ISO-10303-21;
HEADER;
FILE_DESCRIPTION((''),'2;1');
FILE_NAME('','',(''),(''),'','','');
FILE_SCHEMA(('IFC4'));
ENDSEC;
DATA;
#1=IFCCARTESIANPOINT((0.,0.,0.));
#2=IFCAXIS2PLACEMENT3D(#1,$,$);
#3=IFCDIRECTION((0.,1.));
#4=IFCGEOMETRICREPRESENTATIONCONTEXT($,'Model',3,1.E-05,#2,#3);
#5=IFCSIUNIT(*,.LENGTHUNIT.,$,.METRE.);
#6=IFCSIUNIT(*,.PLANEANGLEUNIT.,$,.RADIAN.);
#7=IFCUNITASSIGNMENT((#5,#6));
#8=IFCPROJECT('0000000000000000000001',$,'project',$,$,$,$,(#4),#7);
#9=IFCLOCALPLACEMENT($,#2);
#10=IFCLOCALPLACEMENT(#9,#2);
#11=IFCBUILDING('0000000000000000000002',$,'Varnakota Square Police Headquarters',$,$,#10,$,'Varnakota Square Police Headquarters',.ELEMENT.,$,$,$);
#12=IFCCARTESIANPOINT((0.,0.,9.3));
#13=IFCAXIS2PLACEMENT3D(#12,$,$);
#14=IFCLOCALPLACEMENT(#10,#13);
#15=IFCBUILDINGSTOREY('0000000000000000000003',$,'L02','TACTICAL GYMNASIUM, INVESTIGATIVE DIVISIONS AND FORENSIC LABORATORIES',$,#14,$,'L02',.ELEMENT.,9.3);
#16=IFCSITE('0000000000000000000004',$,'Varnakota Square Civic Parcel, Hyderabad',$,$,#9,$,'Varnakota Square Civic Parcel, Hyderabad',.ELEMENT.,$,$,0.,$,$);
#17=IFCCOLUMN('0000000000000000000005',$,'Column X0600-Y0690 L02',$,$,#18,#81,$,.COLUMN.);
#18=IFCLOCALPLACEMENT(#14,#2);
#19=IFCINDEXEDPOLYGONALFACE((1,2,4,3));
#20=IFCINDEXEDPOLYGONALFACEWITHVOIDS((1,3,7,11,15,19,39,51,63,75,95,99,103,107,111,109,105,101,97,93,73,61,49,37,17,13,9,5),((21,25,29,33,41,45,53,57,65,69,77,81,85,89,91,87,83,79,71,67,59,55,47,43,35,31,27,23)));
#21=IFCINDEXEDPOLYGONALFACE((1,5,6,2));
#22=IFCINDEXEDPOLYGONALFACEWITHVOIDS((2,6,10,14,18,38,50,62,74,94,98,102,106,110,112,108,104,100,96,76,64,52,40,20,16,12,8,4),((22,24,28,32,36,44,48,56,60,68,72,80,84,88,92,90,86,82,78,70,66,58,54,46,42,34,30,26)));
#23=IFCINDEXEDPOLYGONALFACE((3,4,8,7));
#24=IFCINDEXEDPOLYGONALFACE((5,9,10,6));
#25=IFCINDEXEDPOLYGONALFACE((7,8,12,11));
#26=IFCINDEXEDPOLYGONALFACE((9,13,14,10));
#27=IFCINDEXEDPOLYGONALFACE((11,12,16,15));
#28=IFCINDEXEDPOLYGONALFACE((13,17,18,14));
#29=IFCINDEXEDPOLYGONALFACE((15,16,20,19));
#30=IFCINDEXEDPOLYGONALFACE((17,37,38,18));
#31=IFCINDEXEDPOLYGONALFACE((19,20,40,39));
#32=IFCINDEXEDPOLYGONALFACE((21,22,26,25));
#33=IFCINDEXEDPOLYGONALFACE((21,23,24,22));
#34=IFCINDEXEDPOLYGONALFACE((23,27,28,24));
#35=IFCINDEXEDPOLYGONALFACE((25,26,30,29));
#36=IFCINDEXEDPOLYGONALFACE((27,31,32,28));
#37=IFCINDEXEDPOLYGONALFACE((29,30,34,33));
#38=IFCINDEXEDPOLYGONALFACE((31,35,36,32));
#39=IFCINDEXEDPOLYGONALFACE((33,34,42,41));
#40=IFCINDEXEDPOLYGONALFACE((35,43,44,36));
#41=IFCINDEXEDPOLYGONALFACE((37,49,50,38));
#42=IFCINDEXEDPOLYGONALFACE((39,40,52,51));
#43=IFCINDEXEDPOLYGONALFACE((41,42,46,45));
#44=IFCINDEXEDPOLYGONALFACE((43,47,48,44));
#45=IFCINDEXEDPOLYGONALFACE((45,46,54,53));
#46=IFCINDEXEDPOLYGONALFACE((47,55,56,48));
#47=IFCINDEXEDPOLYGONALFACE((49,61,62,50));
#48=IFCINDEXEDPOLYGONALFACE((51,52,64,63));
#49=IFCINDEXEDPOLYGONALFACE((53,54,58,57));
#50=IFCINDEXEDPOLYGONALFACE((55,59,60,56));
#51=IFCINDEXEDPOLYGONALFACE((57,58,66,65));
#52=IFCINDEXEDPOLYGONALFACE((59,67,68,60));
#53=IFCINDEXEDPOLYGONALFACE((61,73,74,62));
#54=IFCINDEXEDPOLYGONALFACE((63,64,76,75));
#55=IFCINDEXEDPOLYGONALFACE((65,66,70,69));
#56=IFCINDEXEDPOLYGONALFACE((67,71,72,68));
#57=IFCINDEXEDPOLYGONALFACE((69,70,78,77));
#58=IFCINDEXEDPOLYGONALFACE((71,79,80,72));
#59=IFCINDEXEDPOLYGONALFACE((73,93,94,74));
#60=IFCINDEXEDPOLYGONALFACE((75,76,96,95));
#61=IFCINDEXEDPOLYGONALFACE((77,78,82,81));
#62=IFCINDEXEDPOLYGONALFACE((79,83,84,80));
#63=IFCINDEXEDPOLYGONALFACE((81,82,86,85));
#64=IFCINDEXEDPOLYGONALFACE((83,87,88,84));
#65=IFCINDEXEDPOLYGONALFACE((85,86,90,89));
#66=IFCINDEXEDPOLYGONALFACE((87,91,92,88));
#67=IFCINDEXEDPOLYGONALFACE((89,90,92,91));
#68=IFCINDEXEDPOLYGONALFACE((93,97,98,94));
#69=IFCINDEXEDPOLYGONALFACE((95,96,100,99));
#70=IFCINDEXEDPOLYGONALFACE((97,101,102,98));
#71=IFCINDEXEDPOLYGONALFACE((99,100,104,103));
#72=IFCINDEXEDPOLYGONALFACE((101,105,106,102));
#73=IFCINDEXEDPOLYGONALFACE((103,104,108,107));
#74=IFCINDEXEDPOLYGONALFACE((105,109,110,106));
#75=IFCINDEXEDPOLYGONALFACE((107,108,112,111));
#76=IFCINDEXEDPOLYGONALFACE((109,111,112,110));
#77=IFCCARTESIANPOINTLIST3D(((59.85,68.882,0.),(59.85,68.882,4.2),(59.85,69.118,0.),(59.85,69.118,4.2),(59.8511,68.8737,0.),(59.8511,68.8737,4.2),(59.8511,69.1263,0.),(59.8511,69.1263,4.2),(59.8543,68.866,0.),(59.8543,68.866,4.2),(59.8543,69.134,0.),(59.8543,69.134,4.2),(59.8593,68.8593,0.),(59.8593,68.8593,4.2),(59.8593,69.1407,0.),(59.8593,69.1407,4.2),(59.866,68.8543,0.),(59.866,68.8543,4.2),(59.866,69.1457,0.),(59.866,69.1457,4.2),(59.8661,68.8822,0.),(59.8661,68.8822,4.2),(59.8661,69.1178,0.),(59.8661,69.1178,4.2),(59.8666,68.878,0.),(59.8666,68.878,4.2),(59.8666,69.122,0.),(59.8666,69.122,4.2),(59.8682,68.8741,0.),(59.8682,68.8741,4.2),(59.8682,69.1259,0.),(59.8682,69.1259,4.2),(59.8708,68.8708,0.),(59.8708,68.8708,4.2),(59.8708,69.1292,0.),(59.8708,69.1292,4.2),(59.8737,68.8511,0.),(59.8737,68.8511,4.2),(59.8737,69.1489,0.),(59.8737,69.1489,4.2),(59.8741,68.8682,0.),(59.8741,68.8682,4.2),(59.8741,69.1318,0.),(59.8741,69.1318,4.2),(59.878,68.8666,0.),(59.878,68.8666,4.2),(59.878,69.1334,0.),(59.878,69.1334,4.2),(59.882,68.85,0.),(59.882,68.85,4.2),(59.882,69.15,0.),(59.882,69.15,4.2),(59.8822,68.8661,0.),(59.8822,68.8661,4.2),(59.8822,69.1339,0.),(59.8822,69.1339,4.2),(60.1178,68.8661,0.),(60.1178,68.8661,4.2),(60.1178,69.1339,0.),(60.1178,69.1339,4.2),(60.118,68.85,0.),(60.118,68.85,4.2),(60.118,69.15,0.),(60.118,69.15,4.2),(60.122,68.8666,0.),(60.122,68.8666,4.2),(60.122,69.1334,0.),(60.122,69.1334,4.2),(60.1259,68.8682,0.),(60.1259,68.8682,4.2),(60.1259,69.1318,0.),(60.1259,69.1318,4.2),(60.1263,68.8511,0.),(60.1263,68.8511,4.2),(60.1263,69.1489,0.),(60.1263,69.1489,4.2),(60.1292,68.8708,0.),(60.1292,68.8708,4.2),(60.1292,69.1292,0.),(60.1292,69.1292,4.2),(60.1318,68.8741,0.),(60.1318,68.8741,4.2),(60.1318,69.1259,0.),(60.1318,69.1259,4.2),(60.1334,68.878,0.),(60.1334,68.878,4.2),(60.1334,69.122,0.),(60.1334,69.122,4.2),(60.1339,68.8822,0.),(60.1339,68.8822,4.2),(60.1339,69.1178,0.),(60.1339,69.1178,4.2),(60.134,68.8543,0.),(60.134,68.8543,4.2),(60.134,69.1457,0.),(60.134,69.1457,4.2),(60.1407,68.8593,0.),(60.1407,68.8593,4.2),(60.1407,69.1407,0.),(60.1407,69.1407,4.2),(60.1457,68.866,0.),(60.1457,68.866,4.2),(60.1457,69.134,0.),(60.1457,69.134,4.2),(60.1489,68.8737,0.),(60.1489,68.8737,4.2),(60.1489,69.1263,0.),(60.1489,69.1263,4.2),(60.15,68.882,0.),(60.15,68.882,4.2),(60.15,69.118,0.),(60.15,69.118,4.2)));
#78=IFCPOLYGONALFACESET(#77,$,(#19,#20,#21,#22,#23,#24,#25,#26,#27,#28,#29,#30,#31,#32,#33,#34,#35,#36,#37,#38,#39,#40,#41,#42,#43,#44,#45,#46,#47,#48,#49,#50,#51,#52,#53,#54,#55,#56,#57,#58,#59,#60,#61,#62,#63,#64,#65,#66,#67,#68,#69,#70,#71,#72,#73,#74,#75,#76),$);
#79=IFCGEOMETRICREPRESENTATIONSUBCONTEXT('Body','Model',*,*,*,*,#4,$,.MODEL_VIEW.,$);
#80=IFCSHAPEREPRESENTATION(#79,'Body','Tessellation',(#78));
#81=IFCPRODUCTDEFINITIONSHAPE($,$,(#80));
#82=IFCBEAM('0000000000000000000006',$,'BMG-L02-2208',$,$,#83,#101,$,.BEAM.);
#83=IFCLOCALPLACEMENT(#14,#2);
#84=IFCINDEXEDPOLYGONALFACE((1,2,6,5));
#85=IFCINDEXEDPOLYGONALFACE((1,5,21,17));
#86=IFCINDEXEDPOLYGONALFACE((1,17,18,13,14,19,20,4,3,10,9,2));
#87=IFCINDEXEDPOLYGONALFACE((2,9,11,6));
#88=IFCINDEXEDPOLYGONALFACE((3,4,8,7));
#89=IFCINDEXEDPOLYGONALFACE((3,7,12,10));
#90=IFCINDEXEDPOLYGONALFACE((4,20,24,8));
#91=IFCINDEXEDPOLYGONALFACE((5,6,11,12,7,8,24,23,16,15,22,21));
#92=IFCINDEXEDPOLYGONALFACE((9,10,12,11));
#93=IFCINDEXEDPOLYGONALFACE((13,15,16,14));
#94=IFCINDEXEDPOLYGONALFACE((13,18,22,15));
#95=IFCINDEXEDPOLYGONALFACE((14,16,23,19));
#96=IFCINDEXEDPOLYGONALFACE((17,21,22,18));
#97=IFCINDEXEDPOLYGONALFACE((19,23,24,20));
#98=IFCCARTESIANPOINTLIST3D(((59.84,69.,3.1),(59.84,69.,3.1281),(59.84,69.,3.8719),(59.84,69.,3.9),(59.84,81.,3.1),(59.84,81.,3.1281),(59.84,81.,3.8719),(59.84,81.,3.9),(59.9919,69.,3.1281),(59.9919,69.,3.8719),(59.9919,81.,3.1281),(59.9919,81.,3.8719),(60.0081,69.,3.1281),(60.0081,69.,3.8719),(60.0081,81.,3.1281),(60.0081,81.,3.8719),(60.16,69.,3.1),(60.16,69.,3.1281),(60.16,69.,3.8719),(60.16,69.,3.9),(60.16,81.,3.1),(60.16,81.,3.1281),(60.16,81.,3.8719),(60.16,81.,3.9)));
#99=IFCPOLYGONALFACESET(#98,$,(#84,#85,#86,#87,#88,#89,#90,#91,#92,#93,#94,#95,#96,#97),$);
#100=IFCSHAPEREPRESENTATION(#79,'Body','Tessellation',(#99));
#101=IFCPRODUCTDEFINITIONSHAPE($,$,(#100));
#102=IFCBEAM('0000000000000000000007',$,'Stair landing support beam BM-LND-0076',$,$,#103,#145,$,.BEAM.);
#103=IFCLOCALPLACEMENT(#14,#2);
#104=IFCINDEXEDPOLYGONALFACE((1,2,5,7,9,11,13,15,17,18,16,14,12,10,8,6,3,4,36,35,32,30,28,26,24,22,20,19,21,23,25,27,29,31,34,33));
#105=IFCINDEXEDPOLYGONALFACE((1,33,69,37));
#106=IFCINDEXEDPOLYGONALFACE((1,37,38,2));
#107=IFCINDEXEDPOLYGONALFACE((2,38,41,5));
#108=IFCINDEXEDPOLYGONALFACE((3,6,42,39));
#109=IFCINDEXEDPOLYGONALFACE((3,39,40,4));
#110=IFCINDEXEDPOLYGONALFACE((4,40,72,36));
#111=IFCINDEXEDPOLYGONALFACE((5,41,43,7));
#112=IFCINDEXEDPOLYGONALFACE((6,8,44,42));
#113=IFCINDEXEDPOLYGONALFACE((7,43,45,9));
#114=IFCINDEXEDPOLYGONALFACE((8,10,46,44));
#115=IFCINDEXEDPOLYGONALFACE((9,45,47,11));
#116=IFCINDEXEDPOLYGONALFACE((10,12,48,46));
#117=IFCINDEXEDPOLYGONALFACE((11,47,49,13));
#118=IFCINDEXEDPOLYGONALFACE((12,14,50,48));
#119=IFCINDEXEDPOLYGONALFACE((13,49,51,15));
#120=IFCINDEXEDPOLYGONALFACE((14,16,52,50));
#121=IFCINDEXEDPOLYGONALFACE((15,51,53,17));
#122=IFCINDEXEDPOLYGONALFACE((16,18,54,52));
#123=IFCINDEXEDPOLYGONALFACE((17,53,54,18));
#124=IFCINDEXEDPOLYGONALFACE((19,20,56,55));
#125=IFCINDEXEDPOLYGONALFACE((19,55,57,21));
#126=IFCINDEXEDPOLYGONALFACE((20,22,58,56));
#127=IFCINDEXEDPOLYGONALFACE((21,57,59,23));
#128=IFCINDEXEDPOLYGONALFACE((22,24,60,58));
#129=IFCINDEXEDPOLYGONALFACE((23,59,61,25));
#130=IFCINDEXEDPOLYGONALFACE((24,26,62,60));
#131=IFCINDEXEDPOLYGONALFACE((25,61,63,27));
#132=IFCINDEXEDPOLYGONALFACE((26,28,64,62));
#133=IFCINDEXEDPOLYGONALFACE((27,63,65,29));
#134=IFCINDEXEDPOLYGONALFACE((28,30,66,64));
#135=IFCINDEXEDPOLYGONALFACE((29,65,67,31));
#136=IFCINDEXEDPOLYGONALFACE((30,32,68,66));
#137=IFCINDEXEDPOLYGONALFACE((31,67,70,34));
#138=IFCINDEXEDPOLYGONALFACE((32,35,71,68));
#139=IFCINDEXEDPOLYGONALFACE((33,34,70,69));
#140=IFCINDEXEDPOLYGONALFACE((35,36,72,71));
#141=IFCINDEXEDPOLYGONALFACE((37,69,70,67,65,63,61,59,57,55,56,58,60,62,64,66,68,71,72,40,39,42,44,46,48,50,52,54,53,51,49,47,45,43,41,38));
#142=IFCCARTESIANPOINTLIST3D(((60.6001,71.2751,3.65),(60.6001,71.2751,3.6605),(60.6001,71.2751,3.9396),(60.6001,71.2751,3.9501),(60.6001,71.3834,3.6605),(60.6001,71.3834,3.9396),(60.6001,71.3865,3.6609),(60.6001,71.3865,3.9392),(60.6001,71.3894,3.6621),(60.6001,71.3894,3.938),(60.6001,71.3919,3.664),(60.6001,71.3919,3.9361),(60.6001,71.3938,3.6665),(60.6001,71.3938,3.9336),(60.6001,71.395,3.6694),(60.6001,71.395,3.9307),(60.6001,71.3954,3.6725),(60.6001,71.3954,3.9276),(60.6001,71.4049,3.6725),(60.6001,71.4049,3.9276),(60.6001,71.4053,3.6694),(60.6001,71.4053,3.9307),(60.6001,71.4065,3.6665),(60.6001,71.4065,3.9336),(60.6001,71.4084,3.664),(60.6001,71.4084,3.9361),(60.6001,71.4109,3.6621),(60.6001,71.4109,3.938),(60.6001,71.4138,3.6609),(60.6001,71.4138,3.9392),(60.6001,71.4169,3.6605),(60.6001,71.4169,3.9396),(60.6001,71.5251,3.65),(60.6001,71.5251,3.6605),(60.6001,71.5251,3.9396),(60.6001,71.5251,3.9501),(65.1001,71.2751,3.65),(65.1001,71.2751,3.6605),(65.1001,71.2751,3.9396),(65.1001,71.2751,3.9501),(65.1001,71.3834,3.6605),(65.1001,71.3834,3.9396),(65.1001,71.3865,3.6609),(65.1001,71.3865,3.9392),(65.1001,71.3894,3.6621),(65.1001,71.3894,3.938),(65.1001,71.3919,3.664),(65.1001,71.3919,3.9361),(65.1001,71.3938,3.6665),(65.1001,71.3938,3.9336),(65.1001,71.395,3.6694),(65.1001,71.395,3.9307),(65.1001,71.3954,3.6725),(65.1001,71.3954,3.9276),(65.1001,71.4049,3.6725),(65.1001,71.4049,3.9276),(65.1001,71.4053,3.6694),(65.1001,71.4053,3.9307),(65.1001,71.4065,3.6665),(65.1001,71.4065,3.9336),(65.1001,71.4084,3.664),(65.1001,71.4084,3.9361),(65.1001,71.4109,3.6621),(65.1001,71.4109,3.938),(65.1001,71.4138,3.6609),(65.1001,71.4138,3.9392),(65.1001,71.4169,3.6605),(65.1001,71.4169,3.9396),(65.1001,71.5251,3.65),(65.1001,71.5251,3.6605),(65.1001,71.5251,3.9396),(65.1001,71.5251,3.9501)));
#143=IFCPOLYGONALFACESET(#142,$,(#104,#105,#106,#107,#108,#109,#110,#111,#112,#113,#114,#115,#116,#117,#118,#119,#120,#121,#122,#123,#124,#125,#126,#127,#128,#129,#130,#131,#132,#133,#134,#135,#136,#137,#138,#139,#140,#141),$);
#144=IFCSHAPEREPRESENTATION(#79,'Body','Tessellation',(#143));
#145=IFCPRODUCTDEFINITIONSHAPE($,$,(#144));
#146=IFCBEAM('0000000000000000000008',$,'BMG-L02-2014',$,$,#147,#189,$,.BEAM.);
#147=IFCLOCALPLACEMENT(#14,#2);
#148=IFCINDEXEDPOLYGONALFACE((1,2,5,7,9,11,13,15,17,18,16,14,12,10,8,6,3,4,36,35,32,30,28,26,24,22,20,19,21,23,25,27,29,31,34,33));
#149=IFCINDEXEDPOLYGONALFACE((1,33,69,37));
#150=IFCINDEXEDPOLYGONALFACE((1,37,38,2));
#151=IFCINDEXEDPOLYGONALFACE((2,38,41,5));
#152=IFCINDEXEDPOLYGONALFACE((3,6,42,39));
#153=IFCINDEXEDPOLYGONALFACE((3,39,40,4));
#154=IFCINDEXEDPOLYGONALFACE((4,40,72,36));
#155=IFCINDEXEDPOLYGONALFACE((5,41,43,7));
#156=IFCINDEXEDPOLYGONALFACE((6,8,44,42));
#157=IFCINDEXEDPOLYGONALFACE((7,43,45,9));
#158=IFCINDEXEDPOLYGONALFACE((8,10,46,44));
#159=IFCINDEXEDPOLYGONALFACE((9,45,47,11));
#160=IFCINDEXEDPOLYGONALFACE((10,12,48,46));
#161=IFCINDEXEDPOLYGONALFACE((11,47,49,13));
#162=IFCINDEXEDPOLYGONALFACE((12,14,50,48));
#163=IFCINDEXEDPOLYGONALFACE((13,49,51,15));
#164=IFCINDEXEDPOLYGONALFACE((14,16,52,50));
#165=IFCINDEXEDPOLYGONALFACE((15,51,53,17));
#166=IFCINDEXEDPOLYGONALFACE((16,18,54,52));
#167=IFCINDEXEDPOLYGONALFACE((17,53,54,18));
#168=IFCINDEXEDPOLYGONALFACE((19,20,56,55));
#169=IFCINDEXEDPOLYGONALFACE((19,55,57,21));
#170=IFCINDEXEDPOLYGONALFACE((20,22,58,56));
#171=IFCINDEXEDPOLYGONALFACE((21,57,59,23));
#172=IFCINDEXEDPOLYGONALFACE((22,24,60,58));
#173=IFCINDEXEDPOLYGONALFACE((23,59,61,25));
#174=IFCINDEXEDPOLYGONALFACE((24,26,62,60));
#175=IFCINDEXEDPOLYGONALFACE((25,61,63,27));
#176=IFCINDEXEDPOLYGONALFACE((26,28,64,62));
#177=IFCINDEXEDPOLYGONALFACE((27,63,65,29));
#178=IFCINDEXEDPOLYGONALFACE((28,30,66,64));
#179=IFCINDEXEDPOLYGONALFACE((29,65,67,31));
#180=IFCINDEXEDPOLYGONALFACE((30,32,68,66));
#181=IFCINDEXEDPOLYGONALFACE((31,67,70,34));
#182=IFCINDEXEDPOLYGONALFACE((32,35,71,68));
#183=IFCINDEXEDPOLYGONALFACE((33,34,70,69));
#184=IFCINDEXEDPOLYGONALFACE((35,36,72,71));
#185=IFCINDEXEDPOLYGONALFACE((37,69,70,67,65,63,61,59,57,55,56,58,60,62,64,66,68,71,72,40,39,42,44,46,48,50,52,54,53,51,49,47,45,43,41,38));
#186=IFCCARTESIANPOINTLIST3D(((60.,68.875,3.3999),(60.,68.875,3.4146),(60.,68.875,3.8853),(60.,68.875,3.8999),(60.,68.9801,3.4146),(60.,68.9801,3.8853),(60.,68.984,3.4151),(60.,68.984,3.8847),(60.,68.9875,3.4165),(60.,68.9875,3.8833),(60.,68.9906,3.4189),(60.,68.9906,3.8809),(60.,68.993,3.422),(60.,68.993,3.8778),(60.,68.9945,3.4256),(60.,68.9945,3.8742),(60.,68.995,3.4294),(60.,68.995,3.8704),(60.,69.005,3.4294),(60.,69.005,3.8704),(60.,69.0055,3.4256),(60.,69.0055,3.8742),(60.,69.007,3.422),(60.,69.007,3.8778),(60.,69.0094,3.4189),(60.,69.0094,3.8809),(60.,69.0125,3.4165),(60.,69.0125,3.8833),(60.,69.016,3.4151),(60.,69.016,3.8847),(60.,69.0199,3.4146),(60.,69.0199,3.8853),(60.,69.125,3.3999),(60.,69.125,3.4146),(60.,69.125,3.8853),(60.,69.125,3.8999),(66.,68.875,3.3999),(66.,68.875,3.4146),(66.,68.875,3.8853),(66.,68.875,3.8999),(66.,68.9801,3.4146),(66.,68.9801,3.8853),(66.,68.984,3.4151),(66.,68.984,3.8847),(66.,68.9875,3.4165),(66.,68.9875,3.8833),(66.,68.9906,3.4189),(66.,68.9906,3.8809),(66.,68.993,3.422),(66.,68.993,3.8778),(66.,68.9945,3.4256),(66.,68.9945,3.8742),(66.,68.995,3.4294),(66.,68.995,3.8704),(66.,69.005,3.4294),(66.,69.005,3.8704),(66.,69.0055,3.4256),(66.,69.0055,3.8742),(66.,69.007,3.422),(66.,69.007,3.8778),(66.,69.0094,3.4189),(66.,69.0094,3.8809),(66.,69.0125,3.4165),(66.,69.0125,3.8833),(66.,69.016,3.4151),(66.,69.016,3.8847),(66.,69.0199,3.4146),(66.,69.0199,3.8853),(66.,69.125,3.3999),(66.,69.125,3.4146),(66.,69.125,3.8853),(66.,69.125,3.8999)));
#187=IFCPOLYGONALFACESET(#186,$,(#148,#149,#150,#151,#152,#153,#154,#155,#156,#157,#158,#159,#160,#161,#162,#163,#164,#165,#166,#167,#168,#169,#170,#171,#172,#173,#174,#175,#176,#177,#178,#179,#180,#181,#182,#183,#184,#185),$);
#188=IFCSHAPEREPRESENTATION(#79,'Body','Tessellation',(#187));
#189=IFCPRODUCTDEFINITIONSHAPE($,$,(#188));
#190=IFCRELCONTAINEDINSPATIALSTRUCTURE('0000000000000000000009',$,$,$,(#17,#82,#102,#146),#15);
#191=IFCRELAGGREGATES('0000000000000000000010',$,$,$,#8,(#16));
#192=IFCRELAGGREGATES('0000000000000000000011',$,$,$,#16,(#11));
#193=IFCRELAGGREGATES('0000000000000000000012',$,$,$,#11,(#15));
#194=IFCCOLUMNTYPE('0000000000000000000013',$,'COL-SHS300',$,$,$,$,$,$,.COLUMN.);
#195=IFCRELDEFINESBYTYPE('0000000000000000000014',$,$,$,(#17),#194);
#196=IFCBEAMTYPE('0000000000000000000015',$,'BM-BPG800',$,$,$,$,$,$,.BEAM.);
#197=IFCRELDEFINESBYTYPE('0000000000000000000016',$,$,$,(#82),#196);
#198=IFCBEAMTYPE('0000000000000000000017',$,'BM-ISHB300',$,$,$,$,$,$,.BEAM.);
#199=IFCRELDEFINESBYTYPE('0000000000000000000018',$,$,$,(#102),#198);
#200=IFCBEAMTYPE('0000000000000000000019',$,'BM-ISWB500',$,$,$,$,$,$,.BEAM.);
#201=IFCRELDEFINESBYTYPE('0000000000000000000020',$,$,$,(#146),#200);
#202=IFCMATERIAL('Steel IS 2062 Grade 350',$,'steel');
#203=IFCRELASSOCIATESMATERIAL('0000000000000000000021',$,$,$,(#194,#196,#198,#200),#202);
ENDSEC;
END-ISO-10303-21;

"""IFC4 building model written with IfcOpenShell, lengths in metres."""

from ifc_helpers import new_model, si_unit, direction, frame, origin, origin_2d, place, context, subcontext, project, spatial, hollow_rectangle, i_section, extrude, material, material_profile, profile_set, type_object, element, save


model = new_model("IFC4")

# Units and contexts
model_context = context("Model", 3, precision=1e-05, world=origin(), true_north=direction((0.0, 1.0)))
body_context = subcontext(model_context, "Body", "Model", "MODEL_VIEW")
ifc_project = project(units=[si_unit("LENGTHUNIT", "METRE"), si_unit("PLANEANGLEUNIT", "RADIAN")], contexts=[model_context])

# Site, building, storey
site_placement = place(None, origin())
site = spatial("IfcSite", under=ifc_project, at=site_placement, Name="Varnakota Square Civic Parcel, Hyderabad", LongName="Varnakota Square Civic Parcel, Hyderabad", CompositionType="ELEMENT", RefElevation=0.0)
building_placement = place(site_placement, origin())
building = spatial("IfcBuilding", under=site, at=building_placement, Name="Varnakota Square Police Headquarters", LongName="Varnakota Square Police Headquarters", CompositionType="ELEMENT")
storey_placement = place(building_placement, frame((0.0, 0.0, 9.3)))
storey = spatial("IfcBuildingStorey", under=building, at=storey_placement, Name="L02", Description="TACTICAL GYMNASIUM, INVESTIGATIVE DIVISIONS AND FORENSIC LABORATORIES", LongName="L02", CompositionType="ELEMENT", Elevation=9.3)

# Column
ifc_material_1 = material(Name="Steel IS 2062 Grade 350", Category="steel")
ifc_material_profile_1 = material_profile(ifc_material_1, hollow_rectangle(XDim=0.3, YDim=0.3, WallThickness=0.0161, InnerFilletRadius=0.0161, OuterFilletRadius=0.032, at=origin_2d()), Name="SHS 300x300x16")
ifc_profile_set_1 = profile_set([ifc_material_profile_1], Name="Steel IS 2062 Grade 350")
column_type = type_object("IfcColumnType", Name="COL-SHS300", PredefinedType="COLUMN", material=ifc_profile_set_1)
column_placement = place(storey_placement, frame((60.0, 69.0, 0.0), z_axis=(0.0, 0.0, 1.0), x_axis=(1.0, 0.0, 0.0)))
element("IfcColumn", 1, at=column_placement, inside=storey, type_object=column_type, Name="Column X0600-Y0690 L02", PredefinedType="COLUMN", context=body_context, shape_type="SweptSolid", body=[
    extrude(hollow_rectangle(XDim=0.3, YDim=0.3, WallThickness=0.0161, InnerFilletRadius=0.0161, OuterFilletRadius=0.032, at=origin_2d()), origin(), (0.0, 0.0, 1.0), 4.2),
])

# Beams
ifc_material_profile_2 = material_profile(ifc_material_1, i_section(OverallWidth=0.3201, OverallDepth=0.8, WebThickness=0.0161, FlangeThickness=0.0281, at=origin_2d()), Name="BPG 800x320")
ifc_profile_set_2 = profile_set([ifc_material_profile_2], Name="Steel IS 2062 Grade 350")
beam_type_1 = type_object("IfcBeamType", Name="BM-BPG800", PredefinedType="BEAM", material=ifc_profile_set_2)
beam_1_placement = place(storey_placement, frame((60.0, 69.0, 3.5), z_axis=(0.0, 1.0, 0.0), x_axis=(-1.0, 0.0, 0.0)))
element("IfcBeam", 2, at=beam_1_placement, inside=storey, type_object=beam_type_1, Name="BMG-L02-2208", PredefinedType="BEAM", context=body_context, shape_type="SweptSolid", body=[
    extrude(i_section(OverallWidth=0.3201, OverallDepth=0.8, WebThickness=0.0161, FlangeThickness=0.0281, at=origin_2d()), origin(), (0.0, 0.0, 1.0), 12.0),
])
ifc_material_profile_3 = material_profile(ifc_material_1, i_section(OverallWidth=0.25, OverallDepth=0.3, WebThickness=0.0095, FlangeThickness=0.0105, FilletRadius=0.012, at=origin_2d()), Name="ISHB 300")
ifc_profile_set_3 = profile_set([ifc_material_profile_3], Name="Steel IS 2062 Grade 350")
beam_type_2 = type_object("IfcBeamType", Name="BM-ISHB300", PredefinedType="BEAM", material=ifc_profile_set_3)
beam_2_placement = place(storey_placement, frame((60.6001, 71.4001, 3.8), z_axis=(1.0, 0.0, 0.0), x_axis=(0.0, 1.0, 0.0)))
element("IfcBeam", 3, at=beam_2_placement, inside=storey, type_object=beam_type_2, Name="Stair landing support beam BM-LND-0076", PredefinedType="BEAM", context=body_context, shape_type="SweptSolid", body=[
    extrude(i_section(OverallWidth=0.25, OverallDepth=0.3, WebThickness=0.0095, FlangeThickness=0.0105, FilletRadius=0.012, at=origin_2d()), origin(), (0.0, 0.0, 1.0), 4.5),
])
ifc_material_profile_4 = material_profile(ifc_material_1, i_section(OverallWidth=0.25, OverallDepth=0.5, WebThickness=0.01, FlangeThickness=0.0146, FilletRadius=0.0149, at=origin_2d()), Name="ISWB 500")
ifc_profile_set_4 = profile_set([ifc_material_profile_4], Name="Steel IS 2062 Grade 350")
beam_type_3 = type_object("IfcBeamType", Name="BM-ISWB500", PredefinedType="BEAM", material=ifc_profile_set_4)
beam_3_placement = place(storey_placement, frame((60.0, 69.0, 3.6499), z_axis=(1.0, 0.0, 0.0), x_axis=(0.0, 1.0, 0.0)))
element("IfcBeam", 4, at=beam_3_placement, inside=storey, type_object=beam_type_3, Name="BMG-L02-2014", PredefinedType="BEAM", context=body_context, shape_type="SweptSolid", body=[
    extrude(i_section(OverallWidth=0.25, OverallDepth=0.5, WebThickness=0.01, FlangeThickness=0.0146, FilletRadius=0.0149, at=origin_2d()), origin(), (0.0, 0.0, 1.0), 6.0),
])

save(model, "model.ifc")
